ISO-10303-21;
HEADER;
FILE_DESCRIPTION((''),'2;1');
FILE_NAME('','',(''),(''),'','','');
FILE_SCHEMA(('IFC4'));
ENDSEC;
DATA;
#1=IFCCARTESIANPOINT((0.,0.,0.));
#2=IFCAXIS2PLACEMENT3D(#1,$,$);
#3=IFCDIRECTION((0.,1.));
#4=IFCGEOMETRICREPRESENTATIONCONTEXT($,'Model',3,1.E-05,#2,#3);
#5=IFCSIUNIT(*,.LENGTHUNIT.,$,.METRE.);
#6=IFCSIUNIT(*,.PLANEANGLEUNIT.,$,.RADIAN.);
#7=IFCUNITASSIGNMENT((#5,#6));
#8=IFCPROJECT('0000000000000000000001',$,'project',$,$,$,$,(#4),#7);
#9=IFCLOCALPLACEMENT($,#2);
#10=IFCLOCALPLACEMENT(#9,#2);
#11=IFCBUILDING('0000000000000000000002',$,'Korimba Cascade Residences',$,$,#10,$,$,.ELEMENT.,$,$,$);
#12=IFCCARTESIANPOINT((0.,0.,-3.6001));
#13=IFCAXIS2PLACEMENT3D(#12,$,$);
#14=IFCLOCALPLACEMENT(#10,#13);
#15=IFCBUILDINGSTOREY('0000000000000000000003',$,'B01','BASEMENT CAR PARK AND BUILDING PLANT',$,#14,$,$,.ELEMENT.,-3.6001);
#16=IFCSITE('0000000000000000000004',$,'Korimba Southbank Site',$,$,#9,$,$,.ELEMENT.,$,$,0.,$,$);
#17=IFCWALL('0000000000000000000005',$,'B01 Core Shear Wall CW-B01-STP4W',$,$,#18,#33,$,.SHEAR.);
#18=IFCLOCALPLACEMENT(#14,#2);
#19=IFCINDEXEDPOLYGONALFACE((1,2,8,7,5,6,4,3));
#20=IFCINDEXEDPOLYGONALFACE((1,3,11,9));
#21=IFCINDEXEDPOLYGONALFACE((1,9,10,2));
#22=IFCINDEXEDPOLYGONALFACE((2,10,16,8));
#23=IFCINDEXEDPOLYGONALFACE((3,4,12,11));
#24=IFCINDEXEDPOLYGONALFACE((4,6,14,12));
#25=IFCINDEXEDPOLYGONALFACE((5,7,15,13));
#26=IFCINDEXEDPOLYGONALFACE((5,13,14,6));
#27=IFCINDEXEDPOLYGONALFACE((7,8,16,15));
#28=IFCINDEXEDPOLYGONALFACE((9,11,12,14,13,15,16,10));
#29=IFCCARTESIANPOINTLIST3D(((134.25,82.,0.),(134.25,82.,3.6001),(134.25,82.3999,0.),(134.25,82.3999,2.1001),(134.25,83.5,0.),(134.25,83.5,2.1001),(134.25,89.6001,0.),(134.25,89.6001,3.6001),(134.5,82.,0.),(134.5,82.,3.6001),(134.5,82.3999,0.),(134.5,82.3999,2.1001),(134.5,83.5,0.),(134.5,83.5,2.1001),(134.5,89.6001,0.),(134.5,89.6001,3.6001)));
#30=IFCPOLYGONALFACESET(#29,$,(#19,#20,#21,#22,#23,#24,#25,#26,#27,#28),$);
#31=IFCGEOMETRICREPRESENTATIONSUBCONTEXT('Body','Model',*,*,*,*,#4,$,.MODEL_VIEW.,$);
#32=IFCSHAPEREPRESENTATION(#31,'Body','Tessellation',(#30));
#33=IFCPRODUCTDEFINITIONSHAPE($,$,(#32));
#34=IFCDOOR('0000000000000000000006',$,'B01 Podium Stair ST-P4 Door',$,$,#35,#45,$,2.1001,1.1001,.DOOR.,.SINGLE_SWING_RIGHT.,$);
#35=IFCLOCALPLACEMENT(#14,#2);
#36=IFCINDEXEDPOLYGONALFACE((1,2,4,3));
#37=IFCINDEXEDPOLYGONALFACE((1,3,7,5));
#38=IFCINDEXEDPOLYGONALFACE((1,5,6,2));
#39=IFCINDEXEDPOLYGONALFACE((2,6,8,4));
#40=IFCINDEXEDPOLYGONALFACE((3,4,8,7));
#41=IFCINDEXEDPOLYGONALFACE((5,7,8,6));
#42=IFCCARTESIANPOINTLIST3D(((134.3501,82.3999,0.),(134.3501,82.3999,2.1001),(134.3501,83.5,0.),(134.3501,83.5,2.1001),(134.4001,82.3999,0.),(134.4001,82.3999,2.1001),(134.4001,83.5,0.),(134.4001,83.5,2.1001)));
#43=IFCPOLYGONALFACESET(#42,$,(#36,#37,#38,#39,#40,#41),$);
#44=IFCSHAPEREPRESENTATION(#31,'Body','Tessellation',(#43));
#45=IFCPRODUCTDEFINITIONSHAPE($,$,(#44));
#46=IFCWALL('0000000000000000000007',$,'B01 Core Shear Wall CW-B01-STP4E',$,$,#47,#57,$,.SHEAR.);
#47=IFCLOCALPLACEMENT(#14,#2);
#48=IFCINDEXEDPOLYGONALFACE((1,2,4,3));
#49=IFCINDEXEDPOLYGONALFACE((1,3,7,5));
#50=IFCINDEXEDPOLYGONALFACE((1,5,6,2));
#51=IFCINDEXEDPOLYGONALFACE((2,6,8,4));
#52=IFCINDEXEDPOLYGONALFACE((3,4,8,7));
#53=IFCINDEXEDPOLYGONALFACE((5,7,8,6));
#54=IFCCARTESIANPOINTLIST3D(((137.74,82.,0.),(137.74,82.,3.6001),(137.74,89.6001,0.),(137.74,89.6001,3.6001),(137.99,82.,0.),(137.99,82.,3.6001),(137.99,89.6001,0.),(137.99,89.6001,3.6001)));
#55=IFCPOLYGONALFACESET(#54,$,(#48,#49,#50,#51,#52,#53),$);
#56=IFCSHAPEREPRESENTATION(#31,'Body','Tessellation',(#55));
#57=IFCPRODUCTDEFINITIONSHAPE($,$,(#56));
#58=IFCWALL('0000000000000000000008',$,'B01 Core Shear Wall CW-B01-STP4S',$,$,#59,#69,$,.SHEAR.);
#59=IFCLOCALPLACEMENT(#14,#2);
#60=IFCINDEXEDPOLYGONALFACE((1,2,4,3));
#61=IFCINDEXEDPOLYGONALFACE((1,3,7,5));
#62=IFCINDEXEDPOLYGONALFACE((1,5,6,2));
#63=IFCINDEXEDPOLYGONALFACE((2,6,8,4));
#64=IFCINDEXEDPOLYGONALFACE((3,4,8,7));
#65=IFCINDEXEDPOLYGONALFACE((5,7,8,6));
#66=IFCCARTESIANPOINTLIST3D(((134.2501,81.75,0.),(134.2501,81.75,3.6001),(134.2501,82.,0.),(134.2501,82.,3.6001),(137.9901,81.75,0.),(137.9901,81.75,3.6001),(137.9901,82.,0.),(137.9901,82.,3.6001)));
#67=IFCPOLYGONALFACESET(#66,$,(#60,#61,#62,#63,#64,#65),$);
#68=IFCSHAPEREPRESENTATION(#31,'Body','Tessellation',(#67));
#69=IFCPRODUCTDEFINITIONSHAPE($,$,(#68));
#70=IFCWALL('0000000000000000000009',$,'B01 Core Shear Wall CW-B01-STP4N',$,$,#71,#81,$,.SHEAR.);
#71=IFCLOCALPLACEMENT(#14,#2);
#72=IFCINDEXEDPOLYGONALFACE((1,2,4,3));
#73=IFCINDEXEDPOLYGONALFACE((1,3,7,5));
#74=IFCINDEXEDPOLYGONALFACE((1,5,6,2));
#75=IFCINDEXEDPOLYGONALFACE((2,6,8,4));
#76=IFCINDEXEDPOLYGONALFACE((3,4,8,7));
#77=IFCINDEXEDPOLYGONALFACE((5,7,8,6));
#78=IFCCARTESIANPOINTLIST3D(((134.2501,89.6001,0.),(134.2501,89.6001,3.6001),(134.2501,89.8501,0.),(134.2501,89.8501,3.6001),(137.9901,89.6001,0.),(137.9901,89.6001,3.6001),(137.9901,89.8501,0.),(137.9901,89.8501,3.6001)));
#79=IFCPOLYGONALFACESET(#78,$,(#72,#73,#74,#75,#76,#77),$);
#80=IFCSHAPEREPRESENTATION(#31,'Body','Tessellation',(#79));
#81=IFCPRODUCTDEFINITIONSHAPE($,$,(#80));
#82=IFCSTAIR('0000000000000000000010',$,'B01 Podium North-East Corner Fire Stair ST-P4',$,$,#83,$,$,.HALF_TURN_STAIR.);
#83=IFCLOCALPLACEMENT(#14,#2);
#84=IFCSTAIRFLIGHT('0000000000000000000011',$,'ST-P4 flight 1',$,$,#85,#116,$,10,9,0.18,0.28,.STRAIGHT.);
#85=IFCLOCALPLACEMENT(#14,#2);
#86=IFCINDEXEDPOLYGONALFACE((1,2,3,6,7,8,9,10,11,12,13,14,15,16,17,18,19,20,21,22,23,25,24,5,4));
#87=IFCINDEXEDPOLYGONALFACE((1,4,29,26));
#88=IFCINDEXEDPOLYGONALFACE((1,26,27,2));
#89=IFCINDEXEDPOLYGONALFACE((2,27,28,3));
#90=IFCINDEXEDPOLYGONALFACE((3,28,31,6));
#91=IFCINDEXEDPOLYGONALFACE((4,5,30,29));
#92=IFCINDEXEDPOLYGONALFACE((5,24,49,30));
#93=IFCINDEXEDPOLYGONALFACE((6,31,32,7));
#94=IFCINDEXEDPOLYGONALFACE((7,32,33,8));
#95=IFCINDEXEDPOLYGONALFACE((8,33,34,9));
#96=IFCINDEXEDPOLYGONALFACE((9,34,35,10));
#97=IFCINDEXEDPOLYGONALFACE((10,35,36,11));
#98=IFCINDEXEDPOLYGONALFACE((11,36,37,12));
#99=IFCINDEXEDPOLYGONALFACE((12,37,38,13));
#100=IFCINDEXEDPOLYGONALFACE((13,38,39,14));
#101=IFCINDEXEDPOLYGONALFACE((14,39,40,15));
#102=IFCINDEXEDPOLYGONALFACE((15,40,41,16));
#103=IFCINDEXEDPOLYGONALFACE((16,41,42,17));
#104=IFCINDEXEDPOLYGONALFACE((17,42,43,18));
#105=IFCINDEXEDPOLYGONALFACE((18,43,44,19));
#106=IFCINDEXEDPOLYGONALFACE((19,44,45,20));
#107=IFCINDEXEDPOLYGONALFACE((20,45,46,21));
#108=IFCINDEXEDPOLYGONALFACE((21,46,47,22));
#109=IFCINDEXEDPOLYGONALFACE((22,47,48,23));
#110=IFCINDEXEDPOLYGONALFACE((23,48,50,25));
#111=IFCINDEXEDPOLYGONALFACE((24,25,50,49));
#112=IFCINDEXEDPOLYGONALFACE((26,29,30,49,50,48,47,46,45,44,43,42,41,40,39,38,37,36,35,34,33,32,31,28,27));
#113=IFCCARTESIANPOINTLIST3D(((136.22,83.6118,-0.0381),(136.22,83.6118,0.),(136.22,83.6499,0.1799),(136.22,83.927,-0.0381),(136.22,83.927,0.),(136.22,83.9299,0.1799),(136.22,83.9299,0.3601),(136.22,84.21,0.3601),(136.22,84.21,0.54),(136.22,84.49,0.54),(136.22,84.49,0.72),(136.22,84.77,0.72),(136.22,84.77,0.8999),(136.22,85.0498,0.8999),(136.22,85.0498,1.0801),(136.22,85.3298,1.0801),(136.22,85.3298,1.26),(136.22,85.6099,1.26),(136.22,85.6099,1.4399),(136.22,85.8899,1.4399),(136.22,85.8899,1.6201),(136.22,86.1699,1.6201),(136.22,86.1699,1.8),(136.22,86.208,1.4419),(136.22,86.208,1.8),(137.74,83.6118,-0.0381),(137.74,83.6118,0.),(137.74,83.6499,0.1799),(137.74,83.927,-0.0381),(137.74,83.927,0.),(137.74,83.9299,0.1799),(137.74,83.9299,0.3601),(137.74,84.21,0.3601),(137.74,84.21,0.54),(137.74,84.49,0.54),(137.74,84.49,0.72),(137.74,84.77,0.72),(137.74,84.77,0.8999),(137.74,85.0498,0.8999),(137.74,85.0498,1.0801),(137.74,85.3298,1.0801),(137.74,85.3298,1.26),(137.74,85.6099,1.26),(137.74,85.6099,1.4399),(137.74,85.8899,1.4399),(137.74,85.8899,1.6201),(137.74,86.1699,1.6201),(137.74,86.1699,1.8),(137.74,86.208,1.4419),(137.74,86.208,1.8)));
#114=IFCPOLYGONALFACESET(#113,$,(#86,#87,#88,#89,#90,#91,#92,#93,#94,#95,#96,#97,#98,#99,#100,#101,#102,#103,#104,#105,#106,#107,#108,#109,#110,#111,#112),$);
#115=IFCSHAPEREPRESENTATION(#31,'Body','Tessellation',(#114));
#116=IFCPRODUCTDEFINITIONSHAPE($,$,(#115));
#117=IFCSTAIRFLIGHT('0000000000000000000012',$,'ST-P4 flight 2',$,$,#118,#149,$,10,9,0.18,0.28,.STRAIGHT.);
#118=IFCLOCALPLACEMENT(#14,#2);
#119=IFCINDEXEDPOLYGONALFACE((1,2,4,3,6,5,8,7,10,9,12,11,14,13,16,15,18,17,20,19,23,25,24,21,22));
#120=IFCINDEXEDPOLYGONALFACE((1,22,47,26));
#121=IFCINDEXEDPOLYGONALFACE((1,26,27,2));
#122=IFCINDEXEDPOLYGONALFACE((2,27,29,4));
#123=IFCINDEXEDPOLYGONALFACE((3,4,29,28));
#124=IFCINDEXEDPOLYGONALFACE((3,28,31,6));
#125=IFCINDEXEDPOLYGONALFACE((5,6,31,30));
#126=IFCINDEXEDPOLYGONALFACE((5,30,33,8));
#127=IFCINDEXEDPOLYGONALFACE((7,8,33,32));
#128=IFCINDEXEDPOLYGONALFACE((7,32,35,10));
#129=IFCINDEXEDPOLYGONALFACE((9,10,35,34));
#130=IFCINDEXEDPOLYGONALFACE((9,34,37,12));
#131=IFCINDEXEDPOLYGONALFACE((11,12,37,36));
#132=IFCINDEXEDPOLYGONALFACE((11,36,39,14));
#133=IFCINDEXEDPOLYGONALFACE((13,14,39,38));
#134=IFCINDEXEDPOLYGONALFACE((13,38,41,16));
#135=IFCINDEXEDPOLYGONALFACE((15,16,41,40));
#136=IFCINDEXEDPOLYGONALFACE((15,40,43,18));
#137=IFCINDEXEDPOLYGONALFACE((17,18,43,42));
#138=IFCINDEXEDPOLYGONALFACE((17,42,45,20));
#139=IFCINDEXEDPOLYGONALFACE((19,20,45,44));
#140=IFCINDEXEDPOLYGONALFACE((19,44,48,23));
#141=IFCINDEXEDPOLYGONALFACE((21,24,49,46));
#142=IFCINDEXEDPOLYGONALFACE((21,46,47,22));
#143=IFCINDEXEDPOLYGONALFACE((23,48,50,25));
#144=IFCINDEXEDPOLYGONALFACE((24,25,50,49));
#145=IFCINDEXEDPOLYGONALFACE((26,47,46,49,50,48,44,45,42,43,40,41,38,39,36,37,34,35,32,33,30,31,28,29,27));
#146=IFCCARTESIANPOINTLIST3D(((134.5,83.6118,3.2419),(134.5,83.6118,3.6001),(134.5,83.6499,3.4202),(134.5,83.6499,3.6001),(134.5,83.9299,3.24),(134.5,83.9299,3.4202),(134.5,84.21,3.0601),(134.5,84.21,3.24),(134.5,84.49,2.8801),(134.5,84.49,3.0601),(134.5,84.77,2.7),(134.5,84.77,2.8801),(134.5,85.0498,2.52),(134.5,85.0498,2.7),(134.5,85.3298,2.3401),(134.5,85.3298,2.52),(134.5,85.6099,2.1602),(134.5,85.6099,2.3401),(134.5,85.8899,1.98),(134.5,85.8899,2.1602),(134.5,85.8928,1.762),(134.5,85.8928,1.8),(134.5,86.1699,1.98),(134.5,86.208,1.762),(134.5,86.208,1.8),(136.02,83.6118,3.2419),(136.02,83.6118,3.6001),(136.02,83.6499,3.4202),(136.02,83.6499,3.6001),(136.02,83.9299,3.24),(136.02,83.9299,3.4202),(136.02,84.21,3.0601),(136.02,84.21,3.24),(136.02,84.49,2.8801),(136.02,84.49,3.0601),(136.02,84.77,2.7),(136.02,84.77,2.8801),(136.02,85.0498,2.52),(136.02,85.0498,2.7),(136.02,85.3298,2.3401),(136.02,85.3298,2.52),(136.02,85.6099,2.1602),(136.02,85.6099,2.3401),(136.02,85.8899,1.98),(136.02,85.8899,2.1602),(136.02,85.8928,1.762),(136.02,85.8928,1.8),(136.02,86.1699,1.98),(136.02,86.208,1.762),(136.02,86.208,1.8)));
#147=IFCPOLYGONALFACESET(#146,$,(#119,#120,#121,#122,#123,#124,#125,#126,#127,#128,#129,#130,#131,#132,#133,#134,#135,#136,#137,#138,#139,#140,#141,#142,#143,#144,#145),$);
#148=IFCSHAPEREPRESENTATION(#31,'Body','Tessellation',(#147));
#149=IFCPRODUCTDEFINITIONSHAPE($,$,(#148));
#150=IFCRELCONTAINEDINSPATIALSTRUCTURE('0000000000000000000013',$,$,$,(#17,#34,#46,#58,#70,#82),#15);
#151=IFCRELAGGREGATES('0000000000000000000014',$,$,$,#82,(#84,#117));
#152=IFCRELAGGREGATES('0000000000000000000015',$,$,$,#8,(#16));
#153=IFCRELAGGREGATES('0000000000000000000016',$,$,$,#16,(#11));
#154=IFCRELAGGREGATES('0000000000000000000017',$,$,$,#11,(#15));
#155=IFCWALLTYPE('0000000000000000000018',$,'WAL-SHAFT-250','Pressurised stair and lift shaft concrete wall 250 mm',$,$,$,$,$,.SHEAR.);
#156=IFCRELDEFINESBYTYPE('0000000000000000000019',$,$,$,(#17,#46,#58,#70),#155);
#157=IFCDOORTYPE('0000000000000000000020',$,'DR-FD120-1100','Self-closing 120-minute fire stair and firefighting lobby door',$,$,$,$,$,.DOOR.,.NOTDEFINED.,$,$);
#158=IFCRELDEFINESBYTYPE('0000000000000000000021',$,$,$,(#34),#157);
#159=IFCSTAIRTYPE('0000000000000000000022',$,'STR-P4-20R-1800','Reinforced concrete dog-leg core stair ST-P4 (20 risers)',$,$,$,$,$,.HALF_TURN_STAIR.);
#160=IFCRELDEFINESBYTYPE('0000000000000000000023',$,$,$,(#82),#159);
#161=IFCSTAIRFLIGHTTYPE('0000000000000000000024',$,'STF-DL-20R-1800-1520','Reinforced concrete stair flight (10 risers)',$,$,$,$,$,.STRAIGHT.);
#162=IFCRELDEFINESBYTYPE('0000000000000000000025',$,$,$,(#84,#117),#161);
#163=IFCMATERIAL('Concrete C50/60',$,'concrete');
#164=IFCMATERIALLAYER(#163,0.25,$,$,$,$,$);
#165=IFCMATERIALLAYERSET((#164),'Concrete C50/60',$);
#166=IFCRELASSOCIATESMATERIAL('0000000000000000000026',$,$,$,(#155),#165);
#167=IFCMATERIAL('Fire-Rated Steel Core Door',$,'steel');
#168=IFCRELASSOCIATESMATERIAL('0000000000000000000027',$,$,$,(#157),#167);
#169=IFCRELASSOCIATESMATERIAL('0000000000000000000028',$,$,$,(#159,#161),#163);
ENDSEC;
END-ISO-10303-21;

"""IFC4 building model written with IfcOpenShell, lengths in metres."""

from ifc_helpers import new_model, si_unit, direction, frame, frame_2d, origin, place, context, subcontext, project, spatial, polyline, rectangle, outline, extrude, material, layer, layer_set, type_object, element, fill, aggregate, save


model = new_model("IFC4")

# Units and contexts
model_context = context("Model", 3, precision=1e-05, world=origin(), true_north=direction((0.0, 1.0)))
body_context = subcontext(model_context, "Body", "Model", "MODEL_VIEW")
ifc_project = project(units=[si_unit("LENGTHUNIT", "METRE"), si_unit("PLANEANGLEUNIT", "RADIAN")], contexts=[model_context])

# Site, building, storey
site_placement = place(None, origin())
site = spatial("IfcSite", under=ifc_project, at=site_placement, Name="Korimba Southbank Site", CompositionType="ELEMENT", RefElevation=0.0)
building_placement = place(site_placement, origin())
building = spatial("IfcBuilding", under=site, at=building_placement, Name="Korimba Cascade Residences", CompositionType="ELEMENT")
storey_placement = place(building_placement, frame((0.0, 0.0, -3.6001)))
storey = spatial("IfcBuildingStorey", under=building, at=storey_placement, Name="B01", Description="BASEMENT CAR PARK AND BUILDING PLANT", CompositionType="ELEMENT", Elevation=-3.6001)

# Shared definitions
ifc_material_1 = material(Name="Concrete C50/60", Category="concrete")

# Wall, opening, door
ifc_layer_1 = layer(ifc_material_1, 0.25)
ifc_layer_set_1 = layer_set([ifc_layer_1], Name="Concrete C50/60")
wall_type_1 = type_object("IfcWallType", Name="WAL-SHAFT-250", Description="Pressurised stair and lift shaft concrete wall 250 mm", PredefinedType="SHEAR", material=ifc_layer_set_1)
wall_1_placement = place(storey_placement, frame((134.375, 82.0, 0.0), z_axis=(0.0, 0.0, 1.0), x_axis=(0.0, 1.0, 0.0)))
wall_1 = element("IfcWall", 1, at=wall_1_placement, inside=storey, type_object=wall_type_1, Name="B01 Core Shear Wall CW-B01-STP4W", PredefinedType="SHEAR", context=body_context, shape_type="SweptSolid", body=[
    extrude(rectangle(XDim=7.6001, YDim=0.25, at=frame_2d((3.8, 0.0))), origin(), (0.0, 0.0, 1.0), 3.6001),
])
opening_1_placement = place(wall_1_placement, frame((0.3999, 0.0, 0.0)))
opening_1 = element("IfcOpeningElement", 2, at=opening_1_placement, cuts=wall_1, PredefinedType="OPENING", context=body_context, shape_type="SweptSolid", body=[
    extrude(rectangle(XDim=1.1001, YDim=2.1001, at=frame_2d((0.55, 1.05))), frame((0.0, 0.135, 0.0), z_axis=(0.0, -1.0, 0.0), x_axis=(1.0, 0.0, 0.0)), (0.0, 0.0, 1.0), 0.27),
])
ifc_material_2 = material(Name="Fire-Rated Steel Core Door", Category="steel")
door_type_1 = type_object("IfcDoorType", Name="DR-FD120-1100", Description="Self-closing 120-minute fire stair and firefighting lobby door", OperationType="NOTDEFINED", PredefinedType="DOOR", material=ifc_material_2)
door_1_placement = place(opening_1_placement, origin())
door_1 = element("IfcDoor", 3, at=door_1_placement, inside=storey, type_object=door_type_1, Name="B01 Podium Stair ST-P4 Door", OperationType="SINGLE_SWING_RIGHT", OverallHeight=2.1001, OverallWidth=1.1001, PredefinedType="DOOR", context=body_context, shape_type="SweptSolid", body=[
    extrude(rectangle(XDim=1.1001, YDim=2.1001, at=frame_2d((0.55, 1.05))), frame((0.0, 0.0249, 0.0), z_axis=(0.0, -1.0, 0.0), x_axis=(1.0, 0.0, 0.0)), (0.0, 0.0, 1.0), 0.05),
])
fill(opening_1, door_1)

# Walls
wall_2_placement = place(storey_placement, frame((137.865, 82.0, 0.0), z_axis=(0.0, 0.0, 1.0), x_axis=(0.0, 1.0, 0.0)))
element("IfcWall", 4, at=wall_2_placement, inside=storey, type_object=wall_type_1, Name="B01 Core Shear Wall CW-B01-STP4E", PredefinedType="SHEAR", context=body_context, shape_type="SweptSolid", body=[
    extrude(rectangle(XDim=7.6001, YDim=0.25, at=frame_2d((3.8, 0.0))), origin(), (0.0, 0.0, 1.0), 3.6001),
])
for number, where, z_axis, x_axis, name in (
    (5, (134.25, 81.875, 0.0), (0.0, 0.0, 1.0), (1.0, 0.0, 0.0), "B01 Core Shear Wall CW-B01-STP4S"),
    (6, (134.25, 89.7251, 0.0), (0.0, 0.0, 1.0), (1.0, 0.0, 0.0), "B01 Core Shear Wall CW-B01-STP4N"),
):
    element("IfcWall", number, at=place(storey_placement, frame(where, z_axis=z_axis, x_axis=x_axis)), inside=storey, type_object=wall_type_1, Name=name, PredefinedType="SHEAR", context=body_context, shape_type="SweptSolid", body=[
        extrude(rectangle(XDim=3.74, YDim=0.25, at=frame_2d((1.8701, 0.0))), origin(), (0.0, 0.0, 1.0), 3.6001),
    ])

# Stair, stair flights
stair_type = type_object("IfcStairType", Name="STR-P4-20R-1800", Description="Reinforced concrete dog-leg core stair ST-P4 (20 risers)", PredefinedType="HALF_TURN_STAIR", material=ifc_material_1)
stair_placement = place(storey_placement, origin())
stair = element("IfcStair", 7, at=stair_placement, inside=storey, type_object=stair_type, Name="B01 Podium North-East Corner Fire Stair ST-P4", PredefinedType="HALF_TURN_STAIR")
stair_flight_type = type_object("IfcStairFlightType", Name="STF-DL-20R-1800-1520", Description="Reinforced concrete stair flight (10 risers)", PredefinedType="STRAIGHT", material=ifc_material_1)
stair_flight_1_placement = place(storey_placement, frame((136.98, 83.6499, 0.0), z_axis=(0.0, 0.0, 1.0), x_axis=(0.0, 1.0, 0.0)))
stair_flight_1 = element("IfcStairFlight", 8, at=stair_flight_1_placement, type_object=stair_flight_type, Name="ST-P4 flight 1", NumberOfRisers=10, NumberOfTreads=9, PredefinedType="STRAIGHT", RiserHeight=0.18, TreadLength=0.28, context=body_context, shape_type="SweptSolid", body=[
    extrude(outline(polyline([(-0.0381, 0.0), (0.0, 0.1799), (0.28, 0.1799), (0.28, 0.3601), (0.5601, 0.3601), (0.5601, 0.54), (0.8401, 0.54), (0.8401, 0.72), (1.1201, 0.72), (1.1201, 0.8999), (1.3999, 0.8999), (1.3999, 1.0801), (1.6799, 1.0801), (1.6799, 1.26), (1.96, 1.26), (1.96, 1.4399), (2.24, 1.4399), (2.24, 1.6201), (2.52, 1.6201), (2.52, 1.8), (2.5581, 1.8), (2.5581, 1.4419), (0.2771, 0.0), (0.2771, -0.0381), (-0.0381, -0.0381), (-0.0381, 0.0)])), frame((0.0, 0.76, 0.0), z_axis=(0.0, -1.0, 0.0), x_axis=(1.0, 0.0, 0.0)), (0.0, 0.0, 1.0), 1.52),
])
stair_flight_2_placement = place(storey_placement, frame((135.26, 86.1699, 1.8), z_axis=(0.0, 0.0, 1.0), x_axis=(0.0, -1.0, 0.0)))
stair_flight_2 = element("IfcStairFlight", 9, at=stair_flight_2_placement, type_object=stair_flight_type, Name="ST-P4 flight 2", NumberOfRisers=10, NumberOfTreads=9, PredefinedType="STRAIGHT", RiserHeight=0.18, TreadLength=0.28, context=body_context, shape_type="SweptSolid", body=[
    extrude(outline(polyline([(-0.0381, 0.0), (0.0, 0.1799), (0.28, 0.1799), (0.28, 0.3601), (0.5601, 0.3601), (0.5601, 0.54), (0.8401, 0.54), (0.8401, 0.72), (1.1201, 0.72), (1.1201, 0.8999), (1.3999, 0.8999), (1.3999, 1.0801), (1.6799, 1.0801), (1.6799, 1.26), (1.96, 1.26), (1.96, 1.4399), (2.24, 1.4399), (2.24, 1.6201), (2.52, 1.6201), (2.52, 1.8), (2.5581, 1.8), (2.5581, 1.4419), (0.2771, 0.0), (0.2771, -0.0381), (-0.0381, -0.0381), (-0.0381, 0.0)])), frame((0.0, 0.76, 0.0), z_axis=(0.0, -1.0, 0.0), x_axis=(1.0, 0.0, 0.0)), (0.0, 0.0, 1.0), 1.52),
])
aggregate(stair, [stair_flight_1, stair_flight_2])

save(model, "model.ifc")
